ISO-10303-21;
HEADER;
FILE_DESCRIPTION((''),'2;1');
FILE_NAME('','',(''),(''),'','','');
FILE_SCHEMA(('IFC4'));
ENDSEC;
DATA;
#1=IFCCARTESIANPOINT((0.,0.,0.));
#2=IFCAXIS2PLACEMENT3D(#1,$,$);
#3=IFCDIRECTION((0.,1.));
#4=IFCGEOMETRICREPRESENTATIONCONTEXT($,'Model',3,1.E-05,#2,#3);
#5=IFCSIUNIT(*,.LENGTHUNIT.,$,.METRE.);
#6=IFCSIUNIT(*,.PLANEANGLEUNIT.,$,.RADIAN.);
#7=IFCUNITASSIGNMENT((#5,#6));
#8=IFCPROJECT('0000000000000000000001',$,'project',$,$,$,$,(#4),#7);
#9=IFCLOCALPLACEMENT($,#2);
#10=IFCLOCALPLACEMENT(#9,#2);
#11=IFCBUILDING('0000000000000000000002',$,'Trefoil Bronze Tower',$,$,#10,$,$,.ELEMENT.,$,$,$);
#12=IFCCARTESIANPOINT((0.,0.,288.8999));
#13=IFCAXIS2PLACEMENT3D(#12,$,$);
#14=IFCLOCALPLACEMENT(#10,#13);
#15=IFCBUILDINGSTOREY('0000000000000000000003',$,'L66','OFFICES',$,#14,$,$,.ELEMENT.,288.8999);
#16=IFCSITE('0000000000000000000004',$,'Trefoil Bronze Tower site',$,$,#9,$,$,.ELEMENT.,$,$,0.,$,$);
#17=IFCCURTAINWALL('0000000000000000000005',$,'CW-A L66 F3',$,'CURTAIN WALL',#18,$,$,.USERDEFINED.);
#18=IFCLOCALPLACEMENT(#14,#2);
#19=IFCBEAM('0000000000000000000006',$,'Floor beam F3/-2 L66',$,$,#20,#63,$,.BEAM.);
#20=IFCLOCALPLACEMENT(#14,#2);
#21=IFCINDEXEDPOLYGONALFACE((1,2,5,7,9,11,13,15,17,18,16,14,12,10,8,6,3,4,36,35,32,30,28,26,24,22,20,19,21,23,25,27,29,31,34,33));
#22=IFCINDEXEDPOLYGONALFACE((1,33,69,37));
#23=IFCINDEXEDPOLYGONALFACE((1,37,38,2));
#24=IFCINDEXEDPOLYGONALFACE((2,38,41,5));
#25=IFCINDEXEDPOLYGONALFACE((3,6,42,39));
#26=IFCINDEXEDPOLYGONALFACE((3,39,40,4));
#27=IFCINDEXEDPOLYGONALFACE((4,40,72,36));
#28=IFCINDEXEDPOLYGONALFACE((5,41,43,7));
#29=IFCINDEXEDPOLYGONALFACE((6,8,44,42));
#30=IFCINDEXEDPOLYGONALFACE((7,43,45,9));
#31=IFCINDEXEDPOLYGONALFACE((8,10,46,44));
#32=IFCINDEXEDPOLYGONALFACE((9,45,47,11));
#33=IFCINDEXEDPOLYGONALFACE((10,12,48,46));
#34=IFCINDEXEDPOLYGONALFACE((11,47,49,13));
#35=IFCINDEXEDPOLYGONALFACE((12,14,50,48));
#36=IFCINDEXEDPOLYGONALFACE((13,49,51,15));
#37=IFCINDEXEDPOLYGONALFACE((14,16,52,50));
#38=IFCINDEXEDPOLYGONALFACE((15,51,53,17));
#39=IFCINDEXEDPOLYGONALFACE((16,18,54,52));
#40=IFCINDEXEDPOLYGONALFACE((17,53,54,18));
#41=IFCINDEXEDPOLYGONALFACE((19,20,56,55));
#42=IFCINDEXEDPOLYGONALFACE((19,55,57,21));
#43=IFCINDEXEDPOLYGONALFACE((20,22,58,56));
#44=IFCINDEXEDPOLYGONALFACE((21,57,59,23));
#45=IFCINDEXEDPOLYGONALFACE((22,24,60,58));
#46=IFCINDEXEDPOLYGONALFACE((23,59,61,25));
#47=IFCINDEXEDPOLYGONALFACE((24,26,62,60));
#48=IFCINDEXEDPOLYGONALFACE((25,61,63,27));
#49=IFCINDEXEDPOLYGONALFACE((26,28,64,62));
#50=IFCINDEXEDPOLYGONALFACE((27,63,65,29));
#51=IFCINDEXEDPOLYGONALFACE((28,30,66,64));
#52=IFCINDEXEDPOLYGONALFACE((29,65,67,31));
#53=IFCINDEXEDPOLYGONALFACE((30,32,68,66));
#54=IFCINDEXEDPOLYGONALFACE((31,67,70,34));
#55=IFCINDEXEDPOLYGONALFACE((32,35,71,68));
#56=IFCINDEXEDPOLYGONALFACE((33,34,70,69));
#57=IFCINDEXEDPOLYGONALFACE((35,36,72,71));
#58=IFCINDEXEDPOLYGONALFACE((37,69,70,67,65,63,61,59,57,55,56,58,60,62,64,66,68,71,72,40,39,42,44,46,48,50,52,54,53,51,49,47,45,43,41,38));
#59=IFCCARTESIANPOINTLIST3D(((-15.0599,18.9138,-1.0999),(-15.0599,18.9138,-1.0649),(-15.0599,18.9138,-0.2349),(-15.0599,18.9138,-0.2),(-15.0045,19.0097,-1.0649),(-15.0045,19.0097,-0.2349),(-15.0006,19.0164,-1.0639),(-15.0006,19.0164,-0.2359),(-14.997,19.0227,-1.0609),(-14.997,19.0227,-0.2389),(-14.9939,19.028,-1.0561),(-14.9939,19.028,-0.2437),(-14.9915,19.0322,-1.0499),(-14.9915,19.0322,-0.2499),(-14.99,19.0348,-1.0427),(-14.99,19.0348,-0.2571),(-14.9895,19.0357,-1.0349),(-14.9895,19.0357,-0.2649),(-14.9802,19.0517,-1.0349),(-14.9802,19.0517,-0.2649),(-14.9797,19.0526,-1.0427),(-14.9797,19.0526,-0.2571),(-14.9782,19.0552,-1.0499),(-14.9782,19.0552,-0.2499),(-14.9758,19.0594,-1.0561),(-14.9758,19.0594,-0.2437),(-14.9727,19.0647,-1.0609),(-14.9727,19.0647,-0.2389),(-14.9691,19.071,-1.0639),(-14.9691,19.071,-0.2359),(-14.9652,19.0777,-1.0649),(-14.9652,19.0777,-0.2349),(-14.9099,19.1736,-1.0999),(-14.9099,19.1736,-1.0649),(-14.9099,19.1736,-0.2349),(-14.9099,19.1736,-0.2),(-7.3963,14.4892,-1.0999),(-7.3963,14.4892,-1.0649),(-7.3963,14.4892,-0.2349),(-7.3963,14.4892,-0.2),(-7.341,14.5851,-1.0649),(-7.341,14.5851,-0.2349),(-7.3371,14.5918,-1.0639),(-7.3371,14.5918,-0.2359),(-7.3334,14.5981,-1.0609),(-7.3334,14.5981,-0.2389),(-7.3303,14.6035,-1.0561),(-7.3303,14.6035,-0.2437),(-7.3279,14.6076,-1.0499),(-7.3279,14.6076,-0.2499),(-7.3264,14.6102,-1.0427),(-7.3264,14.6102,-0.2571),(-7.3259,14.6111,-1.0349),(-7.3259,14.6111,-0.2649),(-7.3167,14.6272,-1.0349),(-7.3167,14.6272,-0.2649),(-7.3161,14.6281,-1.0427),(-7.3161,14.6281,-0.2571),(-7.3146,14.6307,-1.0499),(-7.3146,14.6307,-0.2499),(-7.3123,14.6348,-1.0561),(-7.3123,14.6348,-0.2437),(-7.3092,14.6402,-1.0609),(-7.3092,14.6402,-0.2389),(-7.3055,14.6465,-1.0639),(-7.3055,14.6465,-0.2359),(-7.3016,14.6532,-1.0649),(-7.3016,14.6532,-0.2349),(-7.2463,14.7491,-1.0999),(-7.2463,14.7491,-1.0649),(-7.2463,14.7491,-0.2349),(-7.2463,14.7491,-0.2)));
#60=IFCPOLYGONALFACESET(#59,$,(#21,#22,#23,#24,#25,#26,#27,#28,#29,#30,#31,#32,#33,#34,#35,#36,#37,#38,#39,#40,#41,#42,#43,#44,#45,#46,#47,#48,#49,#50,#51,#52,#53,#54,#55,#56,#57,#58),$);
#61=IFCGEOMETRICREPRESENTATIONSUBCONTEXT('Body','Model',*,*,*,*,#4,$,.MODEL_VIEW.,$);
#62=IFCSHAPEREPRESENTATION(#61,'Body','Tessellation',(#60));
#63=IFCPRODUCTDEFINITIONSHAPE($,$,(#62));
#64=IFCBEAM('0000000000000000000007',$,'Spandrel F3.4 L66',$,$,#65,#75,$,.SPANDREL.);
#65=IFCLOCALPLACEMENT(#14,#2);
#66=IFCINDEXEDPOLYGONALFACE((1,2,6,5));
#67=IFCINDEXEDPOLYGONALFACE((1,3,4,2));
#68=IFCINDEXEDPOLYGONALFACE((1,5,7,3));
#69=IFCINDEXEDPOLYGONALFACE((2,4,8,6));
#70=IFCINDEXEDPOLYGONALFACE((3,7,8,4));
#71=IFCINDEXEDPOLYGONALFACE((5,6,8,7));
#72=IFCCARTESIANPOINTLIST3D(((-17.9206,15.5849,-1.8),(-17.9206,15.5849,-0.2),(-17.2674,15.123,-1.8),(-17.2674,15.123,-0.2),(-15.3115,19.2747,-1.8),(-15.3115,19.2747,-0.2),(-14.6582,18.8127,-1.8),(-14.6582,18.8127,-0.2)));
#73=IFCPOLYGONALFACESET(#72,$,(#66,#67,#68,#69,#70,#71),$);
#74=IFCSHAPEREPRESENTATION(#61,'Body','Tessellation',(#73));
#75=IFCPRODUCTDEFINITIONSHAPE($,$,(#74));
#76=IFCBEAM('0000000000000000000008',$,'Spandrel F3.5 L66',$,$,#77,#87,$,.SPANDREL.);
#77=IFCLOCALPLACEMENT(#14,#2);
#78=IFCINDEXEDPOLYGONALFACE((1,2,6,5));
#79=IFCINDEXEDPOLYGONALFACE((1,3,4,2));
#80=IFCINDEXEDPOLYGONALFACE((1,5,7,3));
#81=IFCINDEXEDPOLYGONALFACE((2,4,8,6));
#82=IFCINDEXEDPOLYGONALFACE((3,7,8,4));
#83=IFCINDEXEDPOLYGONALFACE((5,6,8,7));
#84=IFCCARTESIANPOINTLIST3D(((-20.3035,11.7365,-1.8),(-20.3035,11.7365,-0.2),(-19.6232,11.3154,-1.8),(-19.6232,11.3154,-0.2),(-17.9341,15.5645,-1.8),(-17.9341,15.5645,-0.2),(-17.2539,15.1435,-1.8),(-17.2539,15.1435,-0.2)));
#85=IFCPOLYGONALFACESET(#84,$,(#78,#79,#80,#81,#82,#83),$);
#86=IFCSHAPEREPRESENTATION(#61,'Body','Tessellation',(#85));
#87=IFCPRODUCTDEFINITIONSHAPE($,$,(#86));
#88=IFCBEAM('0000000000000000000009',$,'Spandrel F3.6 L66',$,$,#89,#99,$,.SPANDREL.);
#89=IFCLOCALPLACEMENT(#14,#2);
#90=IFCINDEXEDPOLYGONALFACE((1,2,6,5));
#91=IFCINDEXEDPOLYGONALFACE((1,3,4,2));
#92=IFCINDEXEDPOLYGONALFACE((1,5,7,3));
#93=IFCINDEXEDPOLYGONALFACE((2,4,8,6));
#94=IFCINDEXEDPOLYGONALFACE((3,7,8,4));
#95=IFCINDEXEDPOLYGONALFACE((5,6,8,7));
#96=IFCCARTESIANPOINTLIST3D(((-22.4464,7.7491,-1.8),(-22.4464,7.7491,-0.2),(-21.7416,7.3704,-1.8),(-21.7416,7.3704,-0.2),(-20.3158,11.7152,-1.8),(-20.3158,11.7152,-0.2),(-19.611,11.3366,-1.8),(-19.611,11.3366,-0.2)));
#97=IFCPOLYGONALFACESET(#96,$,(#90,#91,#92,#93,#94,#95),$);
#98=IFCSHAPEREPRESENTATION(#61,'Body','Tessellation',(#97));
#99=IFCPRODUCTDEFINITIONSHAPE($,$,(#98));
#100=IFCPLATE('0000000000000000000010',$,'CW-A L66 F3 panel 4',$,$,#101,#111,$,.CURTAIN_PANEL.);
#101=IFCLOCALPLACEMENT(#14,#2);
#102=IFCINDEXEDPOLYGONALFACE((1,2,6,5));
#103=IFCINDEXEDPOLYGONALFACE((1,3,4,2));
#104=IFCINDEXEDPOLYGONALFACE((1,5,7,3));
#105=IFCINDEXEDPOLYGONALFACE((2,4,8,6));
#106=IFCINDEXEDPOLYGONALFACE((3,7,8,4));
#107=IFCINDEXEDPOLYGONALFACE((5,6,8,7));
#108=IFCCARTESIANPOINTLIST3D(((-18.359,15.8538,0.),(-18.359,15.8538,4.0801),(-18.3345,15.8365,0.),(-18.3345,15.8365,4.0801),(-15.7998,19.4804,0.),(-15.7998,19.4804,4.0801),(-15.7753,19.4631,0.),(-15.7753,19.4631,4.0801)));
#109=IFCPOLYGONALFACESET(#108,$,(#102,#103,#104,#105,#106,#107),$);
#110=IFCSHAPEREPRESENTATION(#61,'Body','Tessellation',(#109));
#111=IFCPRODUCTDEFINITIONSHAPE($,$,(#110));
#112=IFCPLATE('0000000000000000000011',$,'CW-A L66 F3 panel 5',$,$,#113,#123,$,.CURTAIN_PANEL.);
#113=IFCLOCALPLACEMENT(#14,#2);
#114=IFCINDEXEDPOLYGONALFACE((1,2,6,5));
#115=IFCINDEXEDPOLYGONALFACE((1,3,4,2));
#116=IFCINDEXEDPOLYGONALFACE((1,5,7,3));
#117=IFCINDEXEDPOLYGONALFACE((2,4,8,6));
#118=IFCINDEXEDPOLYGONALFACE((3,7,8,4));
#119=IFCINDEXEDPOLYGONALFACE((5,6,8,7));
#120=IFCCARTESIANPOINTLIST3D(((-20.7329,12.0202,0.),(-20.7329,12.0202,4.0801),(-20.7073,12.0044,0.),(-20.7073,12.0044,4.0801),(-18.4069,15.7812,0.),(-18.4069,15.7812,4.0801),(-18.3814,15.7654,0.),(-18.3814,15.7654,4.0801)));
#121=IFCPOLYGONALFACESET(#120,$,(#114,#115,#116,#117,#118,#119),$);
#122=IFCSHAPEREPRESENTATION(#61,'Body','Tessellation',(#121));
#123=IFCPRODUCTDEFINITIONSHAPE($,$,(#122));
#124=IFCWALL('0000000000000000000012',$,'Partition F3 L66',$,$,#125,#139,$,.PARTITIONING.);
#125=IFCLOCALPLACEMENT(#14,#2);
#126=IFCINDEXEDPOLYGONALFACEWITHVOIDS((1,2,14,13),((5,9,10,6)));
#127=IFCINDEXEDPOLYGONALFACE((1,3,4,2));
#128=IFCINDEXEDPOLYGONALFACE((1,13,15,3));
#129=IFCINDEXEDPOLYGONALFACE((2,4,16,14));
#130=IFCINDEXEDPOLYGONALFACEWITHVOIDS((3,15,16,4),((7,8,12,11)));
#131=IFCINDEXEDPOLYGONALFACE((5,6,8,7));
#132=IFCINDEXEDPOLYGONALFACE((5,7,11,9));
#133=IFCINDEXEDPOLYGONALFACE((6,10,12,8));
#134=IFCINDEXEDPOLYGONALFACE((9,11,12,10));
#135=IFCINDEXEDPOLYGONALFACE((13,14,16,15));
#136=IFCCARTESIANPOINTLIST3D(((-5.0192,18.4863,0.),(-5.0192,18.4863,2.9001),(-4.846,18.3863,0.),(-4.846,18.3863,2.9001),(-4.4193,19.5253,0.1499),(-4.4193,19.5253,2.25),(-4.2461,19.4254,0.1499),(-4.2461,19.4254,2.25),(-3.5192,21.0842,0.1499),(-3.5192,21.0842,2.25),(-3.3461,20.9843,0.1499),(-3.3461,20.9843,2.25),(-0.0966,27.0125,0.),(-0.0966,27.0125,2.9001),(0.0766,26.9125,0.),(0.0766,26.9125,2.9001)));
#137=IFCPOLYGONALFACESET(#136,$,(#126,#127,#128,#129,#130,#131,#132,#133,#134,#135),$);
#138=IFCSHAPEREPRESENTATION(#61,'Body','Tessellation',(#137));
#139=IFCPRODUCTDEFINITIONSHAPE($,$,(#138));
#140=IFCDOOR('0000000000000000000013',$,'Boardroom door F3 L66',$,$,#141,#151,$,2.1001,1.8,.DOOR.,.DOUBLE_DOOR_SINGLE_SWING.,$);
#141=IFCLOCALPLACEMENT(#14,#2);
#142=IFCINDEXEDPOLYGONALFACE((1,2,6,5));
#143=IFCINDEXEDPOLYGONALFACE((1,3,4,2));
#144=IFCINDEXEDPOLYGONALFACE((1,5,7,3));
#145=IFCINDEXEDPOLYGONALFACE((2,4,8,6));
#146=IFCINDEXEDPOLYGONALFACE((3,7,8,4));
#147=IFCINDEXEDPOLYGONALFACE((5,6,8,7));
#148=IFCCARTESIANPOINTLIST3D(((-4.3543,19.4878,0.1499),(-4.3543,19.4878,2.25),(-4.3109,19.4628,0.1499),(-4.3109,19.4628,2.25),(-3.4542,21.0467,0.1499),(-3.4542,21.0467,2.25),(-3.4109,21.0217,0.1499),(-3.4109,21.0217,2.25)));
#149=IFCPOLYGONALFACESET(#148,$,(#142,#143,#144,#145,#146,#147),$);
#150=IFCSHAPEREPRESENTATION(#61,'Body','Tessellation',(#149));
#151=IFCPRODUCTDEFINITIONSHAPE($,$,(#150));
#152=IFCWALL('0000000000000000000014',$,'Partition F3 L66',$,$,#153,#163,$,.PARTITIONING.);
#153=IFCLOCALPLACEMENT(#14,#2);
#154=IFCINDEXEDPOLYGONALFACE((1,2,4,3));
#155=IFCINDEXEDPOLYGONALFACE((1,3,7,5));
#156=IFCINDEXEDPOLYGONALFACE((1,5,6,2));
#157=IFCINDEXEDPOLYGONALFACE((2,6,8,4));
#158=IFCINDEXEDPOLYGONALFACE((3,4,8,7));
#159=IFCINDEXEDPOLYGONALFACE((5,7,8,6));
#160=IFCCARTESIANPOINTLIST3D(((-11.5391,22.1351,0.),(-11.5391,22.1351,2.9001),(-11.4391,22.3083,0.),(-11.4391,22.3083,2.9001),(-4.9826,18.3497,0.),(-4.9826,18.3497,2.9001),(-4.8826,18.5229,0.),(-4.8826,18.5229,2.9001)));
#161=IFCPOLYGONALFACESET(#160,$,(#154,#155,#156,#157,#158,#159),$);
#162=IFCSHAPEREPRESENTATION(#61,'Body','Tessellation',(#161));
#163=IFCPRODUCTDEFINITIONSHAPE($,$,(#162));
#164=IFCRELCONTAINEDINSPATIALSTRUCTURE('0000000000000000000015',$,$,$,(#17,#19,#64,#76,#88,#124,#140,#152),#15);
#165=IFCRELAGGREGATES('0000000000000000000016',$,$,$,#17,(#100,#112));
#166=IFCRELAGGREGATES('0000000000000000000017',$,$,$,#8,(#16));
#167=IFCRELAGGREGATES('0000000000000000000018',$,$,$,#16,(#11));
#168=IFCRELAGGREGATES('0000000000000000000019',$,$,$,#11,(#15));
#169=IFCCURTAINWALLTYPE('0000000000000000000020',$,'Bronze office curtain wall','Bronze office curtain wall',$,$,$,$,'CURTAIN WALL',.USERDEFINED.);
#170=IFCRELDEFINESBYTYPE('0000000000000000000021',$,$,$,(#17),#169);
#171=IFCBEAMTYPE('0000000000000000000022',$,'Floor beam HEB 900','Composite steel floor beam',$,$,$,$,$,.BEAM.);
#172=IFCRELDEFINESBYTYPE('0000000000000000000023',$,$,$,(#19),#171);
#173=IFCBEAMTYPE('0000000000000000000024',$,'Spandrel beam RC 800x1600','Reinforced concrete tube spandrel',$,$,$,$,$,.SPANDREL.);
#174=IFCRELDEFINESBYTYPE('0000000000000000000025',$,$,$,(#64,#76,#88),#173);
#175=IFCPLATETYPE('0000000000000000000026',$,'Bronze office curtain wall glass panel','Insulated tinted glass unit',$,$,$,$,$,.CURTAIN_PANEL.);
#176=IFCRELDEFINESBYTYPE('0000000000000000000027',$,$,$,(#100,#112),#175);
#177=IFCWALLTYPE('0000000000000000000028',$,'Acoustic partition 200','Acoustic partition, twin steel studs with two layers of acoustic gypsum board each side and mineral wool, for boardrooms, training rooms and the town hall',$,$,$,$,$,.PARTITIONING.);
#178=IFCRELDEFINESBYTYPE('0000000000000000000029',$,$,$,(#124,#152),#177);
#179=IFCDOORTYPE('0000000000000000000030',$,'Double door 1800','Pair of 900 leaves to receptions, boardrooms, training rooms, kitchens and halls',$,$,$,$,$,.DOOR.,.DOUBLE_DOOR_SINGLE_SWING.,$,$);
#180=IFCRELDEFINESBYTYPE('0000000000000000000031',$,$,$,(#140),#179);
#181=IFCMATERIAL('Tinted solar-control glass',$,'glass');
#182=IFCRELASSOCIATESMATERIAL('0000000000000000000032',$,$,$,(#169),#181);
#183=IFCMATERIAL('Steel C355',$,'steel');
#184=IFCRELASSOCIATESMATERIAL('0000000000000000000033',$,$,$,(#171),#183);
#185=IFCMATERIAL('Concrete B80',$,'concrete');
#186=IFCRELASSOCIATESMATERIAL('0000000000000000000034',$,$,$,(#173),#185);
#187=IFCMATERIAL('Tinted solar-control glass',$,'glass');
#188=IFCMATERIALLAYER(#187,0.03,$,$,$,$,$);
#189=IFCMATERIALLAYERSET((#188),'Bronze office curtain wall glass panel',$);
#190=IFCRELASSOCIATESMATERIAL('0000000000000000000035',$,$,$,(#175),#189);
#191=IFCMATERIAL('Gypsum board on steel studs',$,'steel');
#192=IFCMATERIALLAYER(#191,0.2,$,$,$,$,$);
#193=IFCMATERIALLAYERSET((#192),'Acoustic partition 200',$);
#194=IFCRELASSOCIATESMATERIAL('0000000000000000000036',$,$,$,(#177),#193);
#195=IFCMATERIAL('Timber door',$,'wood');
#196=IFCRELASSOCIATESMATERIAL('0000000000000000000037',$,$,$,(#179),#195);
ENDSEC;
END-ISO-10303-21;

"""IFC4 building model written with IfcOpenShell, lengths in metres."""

from ifc_helpers import new_model, si_unit, direction, frame, frame_2d, origin, origin_2d, place, context, subcontext, project, spatial, rectangle, i_section, extrude, material, layer, layer_set, material_profile, profile_set, type_object, element, fill, aggregate, save


model = new_model("IFC4")

# Units and contexts
model_context = context("Model", 3, precision=1e-05, world=origin(), true_north=direction((0.0, 1.0)))
body_context = subcontext(model_context, "Body", "Model", "MODEL_VIEW")
ifc_project = project(units=[si_unit("LENGTHUNIT", "METRE"), si_unit("PLANEANGLEUNIT", "RADIAN")], contexts=[model_context])

# Site, building, storey
site_placement = place(None, origin())
site = spatial("IfcSite", under=ifc_project, at=site_placement, Name="Trefoil Bronze Tower site", CompositionType="ELEMENT", RefElevation=0.0)
building_placement = place(site_placement, origin())
building = spatial("IfcBuilding", under=site, at=building_placement, Name="Trefoil Bronze Tower", CompositionType="ELEMENT")
storey_placement = place(building_placement, frame((0.0, 0.0, 288.8999)))
storey = spatial("IfcBuildingStorey", under=building, at=storey_placement, Name="L66", Description="OFFICES", CompositionType="ELEMENT", Elevation=288.8999)

# Curtain wall
ifc_material_1 = material(Name="Tinted solar-control glass", Category="glass")
curtain_wall_type = type_object("IfcCurtainWallType", Name="Bronze office curtain wall", Description="Bronze office curtain wall", ElementType="CURTAIN WALL", PredefinedType="USERDEFINED", material=ifc_material_1)
curtain_wall_placement = place(storey_placement, origin())
curtain_wall = element("IfcCurtainWall", 1, at=curtain_wall_placement, inside=storey, type_object=curtain_wall_type, Name="CW-A L66 F3", ObjectType="CURTAIN WALL", PredefinedType="USERDEFINED")

# Beams
ifc_material_2 = material(Name="Steel C355", Category="steel")
ifc_material_profile_1 = material_profile(ifc_material_2, i_section(OverallWidth=0.3, OverallDepth=0.8999, WebThickness=0.0186, FlangeThickness=0.0349, FilletRadius=0.03, at=origin_2d()), Name="HEB 900")
ifc_profile_set_1 = profile_set([ifc_material_profile_1], Name="Steel C355")
beam_type_1 = type_object("IfcBeamType", Name="Floor beam HEB 900", Description="Composite steel floor beam", PredefinedType="BEAM", material=ifc_profile_set_1)
beam_1_placement = place(storey_placement, frame((-14.9849, 19.0437, -0.6499), z_axis=(0.866026, -0.499999, 0.0), x_axis=(0.499999, 0.866026, 0.0)))
element("IfcBeam", 2, at=beam_1_placement, inside=storey, type_object=beam_type_1, Name="Floor beam F3/-2 L66", PredefinedType="BEAM", context=body_context, shape_type="SweptSolid", body=[
    extrude(i_section(OverallWidth=0.3, OverallDepth=0.8999, WebThickness=0.0186, FlangeThickness=0.0349, FilletRadius=0.03, at=origin_2d()), origin(), (0.0, 0.0, 1.0), 8.8491),
])
ifc_material_3 = material(Name="Concrete B80", Category="concrete")
ifc_material_profile_2 = material_profile(ifc_material_3, rectangle(XDim=0.8, YDim=1.6001, at=origin_2d()), Name="RC 800x1600")
ifc_profile_set_2 = profile_set([ifc_material_profile_2], Name="Concrete B80")
beam_type_2 = type_object("IfcBeamType", Name="Spandrel beam RC 800x1600", Description="Reinforced concrete tube spandrel", PredefinedType="SPANDREL", material=ifc_profile_set_2)
beam_2_placement = place(storey_placement, frame((-14.9849, 19.0437, -1.0), z_axis=(-0.577368, -0.816484, 0.0), x_axis=(0.816484, -0.577368, 0.0)))
element("IfcBeam", 3, at=beam_2_placement, inside=storey, type_object=beam_type_2, Name="Spandrel F3.4 L66", PredefinedType="SPANDREL", context=body_context, shape_type="SweptSolid", body=[
    extrude(rectangle(XDim=0.8, YDim=1.6001, at=origin_2d()), origin(), (0.0, 0.0, 1.0), 4.519),
])
beam_3_placement = place(storey_placement, frame((-17.594, 15.354, -1.0), z_axis=(-0.526289, -0.850306, 0.0), x_axis=(0.850306, -0.526289, 0.0)))
element("IfcBeam", 4, at=beam_3_placement, inside=storey, type_object=beam_type_2, Name="Spandrel F3.5 L66", PredefinedType="SPANDREL", context=body_context, shape_type="SweptSolid", body=[
    extrude(rectangle(XDim=0.8, YDim=1.6001, at=origin_2d()), origin(), (0.0, 0.0, 1.0), 4.502),
])
beam_4_placement = place(storey_placement, frame((-19.9634, 11.5259, -1.0), z_axis=(-0.473246, -0.88093, 0.0), x_axis=(0.88093, -0.473246, 0.0)))
element("IfcBeam", 5, at=beam_4_placement, inside=storey, type_object=beam_type_2, Name="Spandrel F3.6 L66", PredefinedType="SPANDREL", context=body_context, shape_type="SweptSolid", body=[
    extrude(rectangle(XDim=0.8, YDim=1.6001, at=origin_2d()), origin(), (0.0, 0.0, 1.0), 4.5022),
])

# Plates
ifc_material_4 = material(Name="Tinted solar-control glass", Category="glass")
ifc_layer_1 = layer(ifc_material_4, 0.03)
ifc_layer_set_1 = layer_set([ifc_layer_1], Name="Bronze office curtain wall glass panel")
plate_type = type_object("IfcPlateType", Name="Bronze office curtain wall glass panel", Description="Insulated tinted glass unit", PredefinedType="CURTAIN_PANEL", material=ifc_layer_set_1)
plate_1_placement = place(storey_placement, frame((-17.0671, 17.6584, 0.0), z_axis=(0.0, 0.0, 1.0), x_axis=(-0.576561, -0.817054, 0.0)))
plate_1 = element("IfcPlate", 6, at=plate_1_placement, type_object=plate_type, Name="CW-A L66 F3 panel 4", PredefinedType="CURTAIN_PANEL", context=body_context, shape_type="SweptSolid", body=[
    extrude(rectangle(XDim=4.4387, YDim=0.03, at=origin_2d()), origin(), (0.0, 0.0, 1.0), 4.0801),
])
plate_2_placement = place(storey_placement, frame((-19.5571, 13.8928, 0.0), z_axis=(0.0, 0.0, 1.0), x_axis=(-0.52598, -0.850497, 0.0)))
plate_2 = element("IfcPlate", 7, at=plate_2_placement, type_object=plate_type, Name="CW-A L66 F3 panel 5", PredefinedType="CURTAIN_PANEL", context=body_context, shape_type="SweptSolid", body=[
    extrude(rectangle(XDim=4.4221, YDim=0.03, at=origin_2d()), origin(), (0.0, 0.0, 1.0), 4.0801),
])
aggregate(curtain_wall, [plate_1, plate_2])

# Wall, opening, door
ifc_material_5 = material(Name="Gypsum board on steel studs", Category="steel")
ifc_layer_2 = layer(ifc_material_5, 0.2)
ifc_layer_set_2 = layer_set([ifc_layer_2], Name="Acoustic partition 200")
wall_type_1 = type_object("IfcWallType", Name="Acoustic partition 200", Description="Acoustic partition, twin steel studs with two layers of acoustic gypsum board each side and mineral wool, for boardrooms, training rooms and the town hall", PredefinedType="PARTITIONING", material=ifc_layer_set_2)
wall_1_placement = place(storey_placement, frame((-4.9326, 18.4363, 0.0), z_axis=(0.0, 0.0, 1.0), x_axis=(0.500004, 0.866023, 0.0)))
wall_1 = element("IfcWall", 8, at=wall_1_placement, inside=storey, type_object=wall_type_1, Name="Partition F3 L66", PredefinedType="PARTITIONING", context=body_context, shape_type="SweptSolid", body=[
    extrude(rectangle(XDim=9.8452, YDim=0.2, at=frame_2d((4.9226, 0.0))), origin(), (0.0, 0.0, 1.0), 2.9001),
])
opening_1_placement = place(wall_1_placement, frame((1.2, 0.0, 0.1499)))
opening_1 = element("IfcOpeningElement", 9, at=opening_1_placement, cuts=wall_1, PredefinedType="OPENING", context=body_context, shape_type="SweptSolid", body=[
    extrude(rectangle(XDim=1.8, YDim=2.1001, at=frame_2d((0.8999, 1.05))), frame((0.0, 0.1099, 0.0), z_axis=(0.0, -1.0, 0.0), x_axis=(1.0, 0.0, 0.0)), (0.0, 0.0, 1.0), 0.22),
])
ifc_material_6 = material(Name="Timber door", Category="wood")
door_type_1 = type_object("IfcDoorType", Name="Double door 1800", Description="Pair of 900 leaves to receptions, boardrooms, training rooms, kitchens and halls", OperationType="DOUBLE_DOOR_SINGLE_SWING", PredefinedType="DOOR", material=ifc_material_6)
door_1_placement = place(opening_1_placement, origin())
door_1 = element("IfcDoor", 10, at=door_1_placement, inside=storey, type_object=door_type_1, Name="Boardroom door F3 L66", OperationType="DOUBLE_DOOR_SINGLE_SWING", OverallHeight=2.1001, OverallWidth=1.8, PredefinedType="DOOR", context=body_context, shape_type="SweptSolid", body=[
    extrude(rectangle(XDim=1.8, YDim=2.1001, at=frame_2d((0.8999, 1.05))), frame((0.0, 0.0249, 0.0), z_axis=(0.0, -1.0, 0.0), x_axis=(1.0, 0.0, 0.0)), (0.0, 0.0, 1.0), 0.05),
])
fill(opening_1, door_1)

# Wall
wall_2_placement = place(storey_placement, frame((-4.9326, 18.4363, 0.0), z_axis=(0.0, 0.0, 1.0), x_axis=(-0.866022, 0.500006, 0.0)))
element("IfcWall", 11, at=wall_2_placement, inside=storey, type_object=wall_type_1, Name="Partition F3 L66", PredefinedType="PARTITIONING", context=body_context, shape_type="SweptSolid", body=[
    extrude(rectangle(XDim=7.5708, YDim=0.2, at=frame_2d((3.7854, 0.0))), origin(), (0.0, 0.0, 1.0), 2.9001),
])

save(model, "model.ifc")
